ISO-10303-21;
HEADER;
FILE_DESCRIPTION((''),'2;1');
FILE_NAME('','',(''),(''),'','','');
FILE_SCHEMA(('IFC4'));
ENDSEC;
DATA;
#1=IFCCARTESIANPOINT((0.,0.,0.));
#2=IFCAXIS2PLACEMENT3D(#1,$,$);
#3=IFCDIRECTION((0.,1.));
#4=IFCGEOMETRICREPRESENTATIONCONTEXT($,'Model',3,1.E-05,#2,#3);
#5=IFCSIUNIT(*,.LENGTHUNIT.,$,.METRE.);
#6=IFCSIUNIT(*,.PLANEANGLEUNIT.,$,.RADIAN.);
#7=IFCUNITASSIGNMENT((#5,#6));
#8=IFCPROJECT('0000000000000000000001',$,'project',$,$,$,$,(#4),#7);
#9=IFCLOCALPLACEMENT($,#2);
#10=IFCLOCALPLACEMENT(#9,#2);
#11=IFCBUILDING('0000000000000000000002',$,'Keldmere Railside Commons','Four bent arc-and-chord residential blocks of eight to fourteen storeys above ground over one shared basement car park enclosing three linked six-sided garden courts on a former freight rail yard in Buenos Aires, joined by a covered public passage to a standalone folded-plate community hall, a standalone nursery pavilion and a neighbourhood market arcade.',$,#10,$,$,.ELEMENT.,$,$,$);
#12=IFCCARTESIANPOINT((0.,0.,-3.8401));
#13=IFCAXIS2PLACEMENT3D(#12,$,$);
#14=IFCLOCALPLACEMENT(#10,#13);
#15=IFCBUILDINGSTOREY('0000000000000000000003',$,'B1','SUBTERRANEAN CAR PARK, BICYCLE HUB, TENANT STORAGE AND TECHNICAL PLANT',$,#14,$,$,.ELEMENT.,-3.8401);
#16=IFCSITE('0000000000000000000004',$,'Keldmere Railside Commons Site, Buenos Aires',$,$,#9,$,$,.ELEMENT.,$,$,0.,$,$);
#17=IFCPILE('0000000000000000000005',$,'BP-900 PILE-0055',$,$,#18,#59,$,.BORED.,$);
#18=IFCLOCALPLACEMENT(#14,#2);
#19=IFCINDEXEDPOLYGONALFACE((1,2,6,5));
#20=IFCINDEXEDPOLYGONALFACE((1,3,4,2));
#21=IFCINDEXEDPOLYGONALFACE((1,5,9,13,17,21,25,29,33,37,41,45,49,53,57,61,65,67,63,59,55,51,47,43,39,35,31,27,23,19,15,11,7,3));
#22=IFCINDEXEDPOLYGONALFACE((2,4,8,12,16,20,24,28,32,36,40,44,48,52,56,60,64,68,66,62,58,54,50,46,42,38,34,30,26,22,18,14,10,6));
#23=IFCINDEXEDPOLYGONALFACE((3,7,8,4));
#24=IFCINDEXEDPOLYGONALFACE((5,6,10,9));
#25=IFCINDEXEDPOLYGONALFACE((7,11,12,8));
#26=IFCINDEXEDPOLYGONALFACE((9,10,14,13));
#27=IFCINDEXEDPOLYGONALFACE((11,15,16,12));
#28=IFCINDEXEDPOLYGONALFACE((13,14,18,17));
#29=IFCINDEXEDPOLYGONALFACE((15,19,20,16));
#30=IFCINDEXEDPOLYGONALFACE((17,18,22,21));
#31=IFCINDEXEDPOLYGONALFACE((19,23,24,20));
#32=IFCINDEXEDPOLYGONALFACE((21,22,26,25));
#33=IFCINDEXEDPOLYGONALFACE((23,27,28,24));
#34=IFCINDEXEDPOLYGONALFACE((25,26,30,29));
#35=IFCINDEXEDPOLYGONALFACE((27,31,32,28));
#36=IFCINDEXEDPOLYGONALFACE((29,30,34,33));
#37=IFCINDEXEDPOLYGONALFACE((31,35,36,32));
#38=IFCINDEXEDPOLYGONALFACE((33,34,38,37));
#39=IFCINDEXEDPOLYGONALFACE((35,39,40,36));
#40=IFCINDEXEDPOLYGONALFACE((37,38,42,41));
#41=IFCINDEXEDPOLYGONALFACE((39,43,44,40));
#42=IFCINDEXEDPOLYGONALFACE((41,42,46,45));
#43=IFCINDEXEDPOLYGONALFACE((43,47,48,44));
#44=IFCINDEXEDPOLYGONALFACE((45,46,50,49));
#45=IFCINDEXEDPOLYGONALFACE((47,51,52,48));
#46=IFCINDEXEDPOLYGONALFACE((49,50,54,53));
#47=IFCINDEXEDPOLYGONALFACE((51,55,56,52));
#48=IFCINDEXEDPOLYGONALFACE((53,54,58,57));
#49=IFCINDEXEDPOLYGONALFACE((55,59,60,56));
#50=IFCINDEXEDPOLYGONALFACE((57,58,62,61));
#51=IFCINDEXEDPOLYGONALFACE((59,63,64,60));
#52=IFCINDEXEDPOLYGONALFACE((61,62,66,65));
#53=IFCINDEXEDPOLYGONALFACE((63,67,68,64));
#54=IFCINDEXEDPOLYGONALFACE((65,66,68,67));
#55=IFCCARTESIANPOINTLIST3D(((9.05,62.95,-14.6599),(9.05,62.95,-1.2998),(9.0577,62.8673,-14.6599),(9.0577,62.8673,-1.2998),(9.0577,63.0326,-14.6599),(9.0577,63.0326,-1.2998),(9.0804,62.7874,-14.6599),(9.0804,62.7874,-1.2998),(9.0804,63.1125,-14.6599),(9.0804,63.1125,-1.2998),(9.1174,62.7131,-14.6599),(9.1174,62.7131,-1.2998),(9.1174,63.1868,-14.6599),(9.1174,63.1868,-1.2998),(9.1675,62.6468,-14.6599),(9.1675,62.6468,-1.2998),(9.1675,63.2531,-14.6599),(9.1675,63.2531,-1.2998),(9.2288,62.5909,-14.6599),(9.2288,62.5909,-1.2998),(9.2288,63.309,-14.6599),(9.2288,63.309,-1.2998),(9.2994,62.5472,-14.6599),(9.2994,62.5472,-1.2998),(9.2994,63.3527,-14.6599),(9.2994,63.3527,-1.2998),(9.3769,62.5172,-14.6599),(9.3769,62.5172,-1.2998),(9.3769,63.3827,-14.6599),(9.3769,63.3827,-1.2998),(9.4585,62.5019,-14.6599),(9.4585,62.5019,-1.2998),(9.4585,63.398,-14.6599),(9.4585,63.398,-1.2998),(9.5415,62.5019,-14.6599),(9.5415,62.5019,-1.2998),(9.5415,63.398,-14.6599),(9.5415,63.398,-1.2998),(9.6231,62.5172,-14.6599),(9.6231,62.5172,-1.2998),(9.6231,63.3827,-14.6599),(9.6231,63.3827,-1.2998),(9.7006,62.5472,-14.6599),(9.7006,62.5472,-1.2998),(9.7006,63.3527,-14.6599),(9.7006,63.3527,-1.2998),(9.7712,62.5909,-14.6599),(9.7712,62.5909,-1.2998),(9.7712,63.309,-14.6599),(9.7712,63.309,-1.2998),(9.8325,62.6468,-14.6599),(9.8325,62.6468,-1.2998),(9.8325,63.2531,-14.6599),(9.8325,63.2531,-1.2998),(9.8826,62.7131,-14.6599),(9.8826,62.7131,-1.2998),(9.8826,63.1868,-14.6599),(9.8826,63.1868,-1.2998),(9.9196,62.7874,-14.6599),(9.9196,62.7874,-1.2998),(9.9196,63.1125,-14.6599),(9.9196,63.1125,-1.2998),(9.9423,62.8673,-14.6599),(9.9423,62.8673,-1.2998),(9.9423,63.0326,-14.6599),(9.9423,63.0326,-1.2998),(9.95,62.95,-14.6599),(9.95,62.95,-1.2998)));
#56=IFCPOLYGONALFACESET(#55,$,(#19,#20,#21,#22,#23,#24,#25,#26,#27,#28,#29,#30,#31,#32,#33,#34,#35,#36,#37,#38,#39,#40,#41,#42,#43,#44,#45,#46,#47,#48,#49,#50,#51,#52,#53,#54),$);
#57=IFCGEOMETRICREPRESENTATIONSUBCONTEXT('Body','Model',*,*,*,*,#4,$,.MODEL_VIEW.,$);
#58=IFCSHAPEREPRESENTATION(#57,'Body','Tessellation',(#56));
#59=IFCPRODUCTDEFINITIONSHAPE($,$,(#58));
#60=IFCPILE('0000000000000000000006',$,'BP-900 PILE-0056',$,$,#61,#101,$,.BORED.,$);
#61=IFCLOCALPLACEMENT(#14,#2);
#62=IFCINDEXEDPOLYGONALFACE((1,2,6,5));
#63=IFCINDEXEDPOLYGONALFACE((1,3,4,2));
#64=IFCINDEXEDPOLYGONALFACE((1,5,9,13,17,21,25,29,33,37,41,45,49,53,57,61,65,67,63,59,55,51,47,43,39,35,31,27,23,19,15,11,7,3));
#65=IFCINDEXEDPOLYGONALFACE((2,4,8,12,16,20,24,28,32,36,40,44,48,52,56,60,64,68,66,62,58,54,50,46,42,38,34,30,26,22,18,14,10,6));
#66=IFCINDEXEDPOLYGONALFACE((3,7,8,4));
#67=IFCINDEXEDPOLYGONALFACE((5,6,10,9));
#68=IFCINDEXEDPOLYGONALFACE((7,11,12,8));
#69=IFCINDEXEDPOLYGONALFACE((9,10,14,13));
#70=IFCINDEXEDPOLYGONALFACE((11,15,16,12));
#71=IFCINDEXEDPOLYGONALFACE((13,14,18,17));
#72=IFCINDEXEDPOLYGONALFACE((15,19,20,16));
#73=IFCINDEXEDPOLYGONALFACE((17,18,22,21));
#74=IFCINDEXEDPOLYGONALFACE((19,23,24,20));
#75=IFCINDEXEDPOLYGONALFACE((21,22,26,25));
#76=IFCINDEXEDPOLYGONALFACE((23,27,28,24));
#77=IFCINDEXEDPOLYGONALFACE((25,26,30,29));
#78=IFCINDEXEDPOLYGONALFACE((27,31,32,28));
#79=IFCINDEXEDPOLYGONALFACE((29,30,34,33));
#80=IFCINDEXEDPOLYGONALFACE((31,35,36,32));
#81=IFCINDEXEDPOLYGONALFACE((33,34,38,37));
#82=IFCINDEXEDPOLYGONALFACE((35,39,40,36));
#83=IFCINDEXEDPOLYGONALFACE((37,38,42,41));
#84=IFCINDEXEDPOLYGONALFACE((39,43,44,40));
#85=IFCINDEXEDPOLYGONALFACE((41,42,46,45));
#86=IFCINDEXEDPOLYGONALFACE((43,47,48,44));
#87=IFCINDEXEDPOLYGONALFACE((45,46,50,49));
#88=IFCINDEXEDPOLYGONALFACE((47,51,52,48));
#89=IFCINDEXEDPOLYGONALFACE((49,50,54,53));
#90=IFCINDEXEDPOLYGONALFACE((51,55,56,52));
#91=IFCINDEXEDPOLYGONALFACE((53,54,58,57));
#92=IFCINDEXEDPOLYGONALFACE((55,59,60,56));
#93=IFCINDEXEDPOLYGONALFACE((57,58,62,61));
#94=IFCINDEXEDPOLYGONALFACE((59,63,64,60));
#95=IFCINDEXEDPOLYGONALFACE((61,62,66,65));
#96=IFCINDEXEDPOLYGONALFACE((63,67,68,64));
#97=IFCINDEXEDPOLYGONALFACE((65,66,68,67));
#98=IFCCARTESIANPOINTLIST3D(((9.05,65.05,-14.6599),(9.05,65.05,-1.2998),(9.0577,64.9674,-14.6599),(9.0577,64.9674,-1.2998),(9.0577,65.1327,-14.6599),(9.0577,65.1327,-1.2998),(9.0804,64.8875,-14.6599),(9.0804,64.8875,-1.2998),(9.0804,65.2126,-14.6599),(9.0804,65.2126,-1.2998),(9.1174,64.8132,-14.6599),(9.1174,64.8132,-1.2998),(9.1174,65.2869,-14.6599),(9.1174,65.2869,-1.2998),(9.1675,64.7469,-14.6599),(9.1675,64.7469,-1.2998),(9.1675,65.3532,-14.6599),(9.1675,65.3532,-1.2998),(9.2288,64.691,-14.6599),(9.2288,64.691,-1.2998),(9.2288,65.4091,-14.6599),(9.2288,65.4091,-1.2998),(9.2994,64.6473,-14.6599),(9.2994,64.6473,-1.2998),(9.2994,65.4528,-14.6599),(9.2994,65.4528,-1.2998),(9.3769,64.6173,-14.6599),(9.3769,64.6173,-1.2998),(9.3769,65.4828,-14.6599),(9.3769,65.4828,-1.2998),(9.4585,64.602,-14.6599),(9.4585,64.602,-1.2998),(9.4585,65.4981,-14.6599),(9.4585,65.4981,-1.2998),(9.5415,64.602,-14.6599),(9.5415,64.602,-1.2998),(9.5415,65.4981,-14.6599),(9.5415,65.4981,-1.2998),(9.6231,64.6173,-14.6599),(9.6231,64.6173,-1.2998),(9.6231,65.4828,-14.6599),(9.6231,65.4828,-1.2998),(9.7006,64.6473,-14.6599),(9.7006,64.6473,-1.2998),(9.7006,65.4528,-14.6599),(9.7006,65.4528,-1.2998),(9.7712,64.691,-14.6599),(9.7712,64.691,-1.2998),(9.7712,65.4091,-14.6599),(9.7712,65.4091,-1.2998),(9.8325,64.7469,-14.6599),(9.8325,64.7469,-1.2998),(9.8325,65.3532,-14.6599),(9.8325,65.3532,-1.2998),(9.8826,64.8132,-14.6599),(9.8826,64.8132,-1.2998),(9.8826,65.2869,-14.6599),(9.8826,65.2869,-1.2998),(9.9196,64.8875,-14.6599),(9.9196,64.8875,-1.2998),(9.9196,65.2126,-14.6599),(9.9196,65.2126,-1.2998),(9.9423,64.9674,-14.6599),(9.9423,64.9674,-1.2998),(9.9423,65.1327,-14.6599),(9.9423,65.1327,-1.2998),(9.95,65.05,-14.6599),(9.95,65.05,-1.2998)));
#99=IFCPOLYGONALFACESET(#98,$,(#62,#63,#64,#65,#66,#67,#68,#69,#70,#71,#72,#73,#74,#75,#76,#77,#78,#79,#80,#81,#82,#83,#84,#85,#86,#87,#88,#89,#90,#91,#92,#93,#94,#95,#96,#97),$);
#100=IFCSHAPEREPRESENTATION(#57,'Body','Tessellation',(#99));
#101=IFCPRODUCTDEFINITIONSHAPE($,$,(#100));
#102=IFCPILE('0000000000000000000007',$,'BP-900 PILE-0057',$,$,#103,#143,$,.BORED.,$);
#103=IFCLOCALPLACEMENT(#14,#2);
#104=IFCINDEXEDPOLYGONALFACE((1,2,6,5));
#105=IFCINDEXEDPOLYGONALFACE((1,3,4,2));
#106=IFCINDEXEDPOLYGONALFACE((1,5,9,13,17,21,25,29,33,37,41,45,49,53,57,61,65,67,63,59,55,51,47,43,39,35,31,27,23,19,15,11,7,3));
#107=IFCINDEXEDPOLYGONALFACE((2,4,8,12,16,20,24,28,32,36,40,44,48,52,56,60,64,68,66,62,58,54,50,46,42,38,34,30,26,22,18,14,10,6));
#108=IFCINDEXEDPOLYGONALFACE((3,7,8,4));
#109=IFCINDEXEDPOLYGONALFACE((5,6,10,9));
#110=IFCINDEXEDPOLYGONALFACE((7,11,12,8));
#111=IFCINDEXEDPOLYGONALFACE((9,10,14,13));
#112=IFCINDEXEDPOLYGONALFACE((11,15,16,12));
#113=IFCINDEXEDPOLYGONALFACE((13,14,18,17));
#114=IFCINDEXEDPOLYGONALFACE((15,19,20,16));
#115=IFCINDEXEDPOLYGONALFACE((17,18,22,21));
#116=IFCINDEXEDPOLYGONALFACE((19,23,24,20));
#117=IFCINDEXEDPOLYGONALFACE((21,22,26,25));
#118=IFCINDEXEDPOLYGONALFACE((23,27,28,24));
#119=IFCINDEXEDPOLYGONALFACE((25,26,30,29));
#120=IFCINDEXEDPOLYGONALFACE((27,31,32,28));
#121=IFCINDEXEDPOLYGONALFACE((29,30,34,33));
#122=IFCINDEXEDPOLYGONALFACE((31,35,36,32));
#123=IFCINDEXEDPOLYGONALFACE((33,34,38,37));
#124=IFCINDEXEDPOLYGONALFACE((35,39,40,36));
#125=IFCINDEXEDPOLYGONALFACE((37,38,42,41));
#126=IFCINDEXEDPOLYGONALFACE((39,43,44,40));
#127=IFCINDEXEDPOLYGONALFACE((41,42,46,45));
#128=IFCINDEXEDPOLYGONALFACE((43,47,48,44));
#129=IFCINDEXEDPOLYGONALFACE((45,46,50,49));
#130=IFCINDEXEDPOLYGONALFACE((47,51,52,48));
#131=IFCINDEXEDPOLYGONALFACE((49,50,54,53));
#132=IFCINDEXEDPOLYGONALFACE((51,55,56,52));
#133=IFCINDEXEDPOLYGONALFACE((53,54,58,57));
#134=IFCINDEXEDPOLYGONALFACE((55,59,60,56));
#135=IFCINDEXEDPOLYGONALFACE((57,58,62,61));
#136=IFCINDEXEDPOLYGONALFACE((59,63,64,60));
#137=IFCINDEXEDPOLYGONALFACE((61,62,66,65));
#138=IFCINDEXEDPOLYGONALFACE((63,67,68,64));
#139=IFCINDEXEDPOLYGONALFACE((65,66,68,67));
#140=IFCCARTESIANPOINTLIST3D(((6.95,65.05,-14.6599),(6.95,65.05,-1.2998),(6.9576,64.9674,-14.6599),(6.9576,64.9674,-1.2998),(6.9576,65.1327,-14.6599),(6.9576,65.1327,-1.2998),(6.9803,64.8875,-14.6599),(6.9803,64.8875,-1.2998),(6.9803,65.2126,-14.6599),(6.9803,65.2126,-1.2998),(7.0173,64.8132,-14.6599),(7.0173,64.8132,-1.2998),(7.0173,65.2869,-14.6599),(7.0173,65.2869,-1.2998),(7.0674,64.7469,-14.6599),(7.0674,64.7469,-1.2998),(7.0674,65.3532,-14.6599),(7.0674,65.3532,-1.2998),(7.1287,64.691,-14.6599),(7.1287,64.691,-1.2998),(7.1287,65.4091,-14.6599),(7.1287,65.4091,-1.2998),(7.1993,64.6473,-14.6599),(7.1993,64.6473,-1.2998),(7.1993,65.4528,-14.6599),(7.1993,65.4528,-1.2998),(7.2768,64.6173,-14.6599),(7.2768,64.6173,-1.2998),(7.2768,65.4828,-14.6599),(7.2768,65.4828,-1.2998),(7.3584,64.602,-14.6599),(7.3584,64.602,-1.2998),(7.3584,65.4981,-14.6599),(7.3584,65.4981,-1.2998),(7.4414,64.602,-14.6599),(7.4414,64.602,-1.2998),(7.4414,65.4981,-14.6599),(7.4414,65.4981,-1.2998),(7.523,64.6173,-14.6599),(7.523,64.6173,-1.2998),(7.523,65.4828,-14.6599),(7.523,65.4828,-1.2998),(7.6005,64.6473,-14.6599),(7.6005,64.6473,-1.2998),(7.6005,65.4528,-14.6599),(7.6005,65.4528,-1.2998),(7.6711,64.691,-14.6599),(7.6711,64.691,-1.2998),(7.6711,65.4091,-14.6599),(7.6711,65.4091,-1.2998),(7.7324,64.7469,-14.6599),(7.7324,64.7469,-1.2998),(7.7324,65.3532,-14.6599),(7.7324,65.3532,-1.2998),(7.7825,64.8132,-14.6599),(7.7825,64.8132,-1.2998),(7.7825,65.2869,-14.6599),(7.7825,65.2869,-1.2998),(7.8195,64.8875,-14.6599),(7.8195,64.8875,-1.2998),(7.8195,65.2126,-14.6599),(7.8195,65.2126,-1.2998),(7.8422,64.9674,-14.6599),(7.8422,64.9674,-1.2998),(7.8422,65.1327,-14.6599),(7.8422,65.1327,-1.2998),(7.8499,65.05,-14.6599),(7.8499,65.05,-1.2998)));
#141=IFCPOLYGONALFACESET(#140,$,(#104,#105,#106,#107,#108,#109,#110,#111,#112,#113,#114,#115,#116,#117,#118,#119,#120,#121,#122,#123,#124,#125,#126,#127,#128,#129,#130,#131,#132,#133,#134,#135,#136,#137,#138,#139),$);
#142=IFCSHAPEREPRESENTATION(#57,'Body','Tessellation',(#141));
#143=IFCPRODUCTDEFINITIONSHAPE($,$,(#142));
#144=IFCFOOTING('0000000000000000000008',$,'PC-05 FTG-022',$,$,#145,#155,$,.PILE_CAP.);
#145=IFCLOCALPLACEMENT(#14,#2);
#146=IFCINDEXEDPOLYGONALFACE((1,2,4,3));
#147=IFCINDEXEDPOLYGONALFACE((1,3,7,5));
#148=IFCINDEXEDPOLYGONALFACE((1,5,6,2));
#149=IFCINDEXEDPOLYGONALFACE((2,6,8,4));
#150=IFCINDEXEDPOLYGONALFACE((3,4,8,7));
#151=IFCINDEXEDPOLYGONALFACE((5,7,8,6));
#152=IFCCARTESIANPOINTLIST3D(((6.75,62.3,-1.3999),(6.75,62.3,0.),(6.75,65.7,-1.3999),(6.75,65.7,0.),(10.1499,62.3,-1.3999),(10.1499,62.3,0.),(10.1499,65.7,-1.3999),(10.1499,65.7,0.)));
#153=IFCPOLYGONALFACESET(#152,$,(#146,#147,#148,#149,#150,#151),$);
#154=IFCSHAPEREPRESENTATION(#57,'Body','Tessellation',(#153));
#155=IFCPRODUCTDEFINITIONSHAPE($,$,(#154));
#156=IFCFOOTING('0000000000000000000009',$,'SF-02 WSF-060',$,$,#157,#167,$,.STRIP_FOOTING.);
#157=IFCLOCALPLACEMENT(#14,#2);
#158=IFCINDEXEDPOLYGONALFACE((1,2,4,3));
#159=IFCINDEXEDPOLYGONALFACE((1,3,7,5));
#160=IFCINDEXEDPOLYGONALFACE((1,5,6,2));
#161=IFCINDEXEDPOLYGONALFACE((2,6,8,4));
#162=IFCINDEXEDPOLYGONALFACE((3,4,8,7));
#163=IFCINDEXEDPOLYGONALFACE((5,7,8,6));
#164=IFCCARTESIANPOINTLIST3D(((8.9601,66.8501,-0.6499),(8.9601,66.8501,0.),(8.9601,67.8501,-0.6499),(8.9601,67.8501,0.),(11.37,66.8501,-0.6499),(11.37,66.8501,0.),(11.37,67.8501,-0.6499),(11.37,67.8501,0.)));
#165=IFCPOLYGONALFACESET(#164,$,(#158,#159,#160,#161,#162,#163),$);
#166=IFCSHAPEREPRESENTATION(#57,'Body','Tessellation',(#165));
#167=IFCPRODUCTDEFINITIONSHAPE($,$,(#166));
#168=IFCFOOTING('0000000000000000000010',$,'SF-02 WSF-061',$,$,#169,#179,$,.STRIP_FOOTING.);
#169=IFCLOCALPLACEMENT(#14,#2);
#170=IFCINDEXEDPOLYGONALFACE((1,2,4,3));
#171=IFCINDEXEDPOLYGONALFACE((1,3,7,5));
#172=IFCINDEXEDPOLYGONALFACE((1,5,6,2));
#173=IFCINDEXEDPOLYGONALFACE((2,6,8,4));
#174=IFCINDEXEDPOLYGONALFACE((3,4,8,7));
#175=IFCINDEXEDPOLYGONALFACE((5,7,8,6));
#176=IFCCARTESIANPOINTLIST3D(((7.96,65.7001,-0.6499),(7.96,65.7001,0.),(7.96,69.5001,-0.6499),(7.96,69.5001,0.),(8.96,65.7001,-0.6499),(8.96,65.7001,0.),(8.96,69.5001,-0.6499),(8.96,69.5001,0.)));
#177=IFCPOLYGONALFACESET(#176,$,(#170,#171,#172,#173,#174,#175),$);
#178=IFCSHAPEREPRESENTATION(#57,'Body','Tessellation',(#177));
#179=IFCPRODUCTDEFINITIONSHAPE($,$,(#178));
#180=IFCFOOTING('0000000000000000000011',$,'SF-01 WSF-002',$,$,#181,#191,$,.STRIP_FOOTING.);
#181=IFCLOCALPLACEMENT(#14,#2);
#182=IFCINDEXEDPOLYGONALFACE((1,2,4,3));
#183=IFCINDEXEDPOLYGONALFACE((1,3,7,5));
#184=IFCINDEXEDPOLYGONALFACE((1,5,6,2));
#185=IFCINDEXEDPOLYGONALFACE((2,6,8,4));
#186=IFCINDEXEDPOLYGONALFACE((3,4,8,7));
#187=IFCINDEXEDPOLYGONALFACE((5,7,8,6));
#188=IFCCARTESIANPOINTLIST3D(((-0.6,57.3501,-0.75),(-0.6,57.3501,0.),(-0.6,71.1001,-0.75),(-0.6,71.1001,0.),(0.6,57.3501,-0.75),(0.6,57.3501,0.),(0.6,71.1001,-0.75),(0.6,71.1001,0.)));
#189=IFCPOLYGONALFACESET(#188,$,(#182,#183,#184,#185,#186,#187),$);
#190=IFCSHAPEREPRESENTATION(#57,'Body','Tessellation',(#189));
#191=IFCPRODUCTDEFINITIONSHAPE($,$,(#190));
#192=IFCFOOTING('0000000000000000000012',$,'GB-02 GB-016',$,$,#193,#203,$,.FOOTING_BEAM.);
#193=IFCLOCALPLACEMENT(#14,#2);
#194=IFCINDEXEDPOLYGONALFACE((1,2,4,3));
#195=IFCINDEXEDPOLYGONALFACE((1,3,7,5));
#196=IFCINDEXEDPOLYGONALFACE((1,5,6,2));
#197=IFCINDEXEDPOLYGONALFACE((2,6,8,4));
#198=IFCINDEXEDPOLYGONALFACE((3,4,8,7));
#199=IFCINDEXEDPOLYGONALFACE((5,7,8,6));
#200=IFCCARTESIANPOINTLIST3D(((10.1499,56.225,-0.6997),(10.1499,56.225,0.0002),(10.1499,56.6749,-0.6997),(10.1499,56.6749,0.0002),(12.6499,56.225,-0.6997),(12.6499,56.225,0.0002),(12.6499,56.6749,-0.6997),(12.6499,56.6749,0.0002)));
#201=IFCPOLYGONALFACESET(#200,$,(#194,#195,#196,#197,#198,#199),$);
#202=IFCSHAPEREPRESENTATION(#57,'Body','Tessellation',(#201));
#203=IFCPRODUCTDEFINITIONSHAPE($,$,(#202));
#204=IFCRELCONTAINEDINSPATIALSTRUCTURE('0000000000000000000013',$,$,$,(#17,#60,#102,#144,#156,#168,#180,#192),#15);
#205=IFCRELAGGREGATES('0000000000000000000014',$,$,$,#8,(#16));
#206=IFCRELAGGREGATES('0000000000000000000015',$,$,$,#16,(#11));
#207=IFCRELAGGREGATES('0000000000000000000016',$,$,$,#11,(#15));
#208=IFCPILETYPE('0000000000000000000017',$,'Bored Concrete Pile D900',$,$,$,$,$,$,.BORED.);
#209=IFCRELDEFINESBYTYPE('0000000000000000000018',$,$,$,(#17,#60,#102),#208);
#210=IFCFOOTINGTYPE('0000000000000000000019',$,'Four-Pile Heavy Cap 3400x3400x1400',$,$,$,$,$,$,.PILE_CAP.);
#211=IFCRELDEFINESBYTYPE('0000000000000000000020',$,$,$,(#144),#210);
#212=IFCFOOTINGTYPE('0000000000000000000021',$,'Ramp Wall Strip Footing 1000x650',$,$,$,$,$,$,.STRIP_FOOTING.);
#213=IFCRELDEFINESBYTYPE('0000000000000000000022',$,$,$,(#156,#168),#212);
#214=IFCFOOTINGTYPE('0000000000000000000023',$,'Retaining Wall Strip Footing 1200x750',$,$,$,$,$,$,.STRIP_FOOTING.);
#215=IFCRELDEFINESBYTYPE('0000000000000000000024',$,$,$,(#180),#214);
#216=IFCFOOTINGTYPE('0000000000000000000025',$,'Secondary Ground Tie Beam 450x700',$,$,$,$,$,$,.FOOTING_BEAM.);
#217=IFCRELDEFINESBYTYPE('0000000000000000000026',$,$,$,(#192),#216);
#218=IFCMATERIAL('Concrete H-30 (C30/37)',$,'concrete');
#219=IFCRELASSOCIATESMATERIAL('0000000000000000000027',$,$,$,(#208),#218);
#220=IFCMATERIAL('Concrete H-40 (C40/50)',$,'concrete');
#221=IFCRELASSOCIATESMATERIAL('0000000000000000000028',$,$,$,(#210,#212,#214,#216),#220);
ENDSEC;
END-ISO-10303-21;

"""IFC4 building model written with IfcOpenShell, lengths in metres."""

from ifc_helpers import new_model, si_unit, direction, frame, origin, origin_2d, place, context, subcontext, project, spatial, rectangle, circle, extrude, material, material_profile, profile_set, type_object, element, save


model = new_model("IFC4")

# Units and contexts
model_context = context("Model", 3, precision=1e-05, world=origin(), true_north=direction((0.0, 1.0)))
body_context = subcontext(model_context, "Body", "Model", "MODEL_VIEW")
ifc_project = project(units=[si_unit("LENGTHUNIT", "METRE"), si_unit("PLANEANGLEUNIT", "RADIAN")], contexts=[model_context])

# Site, building, storey
site_placement = place(None, origin())
site = spatial("IfcSite", under=ifc_project, at=site_placement, Name="Keldmere Railside Commons Site, Buenos Aires", CompositionType="ELEMENT", RefElevation=0.0)
building_placement = place(site_placement, origin())
building = spatial("IfcBuilding", under=site, at=building_placement, Name="Keldmere Railside Commons", Description="Four bent arc-and-chord residential blocks of eight to fourteen storeys above ground over one shared basement car park enclosing three linked six-sided garden courts on a former freight rail yard in Buenos Aires, joined by a covered public passage to a standalone folded-plate community hall, a standalone nursery pavilion and a neighbourhood market arcade.", CompositionType="ELEMENT")
storey_placement = place(building_placement, frame((0.0, 0.0, -3.8401)))
storey = spatial("IfcBuildingStorey", under=building, at=storey_placement, Name="B1", Description="SUBTERRANEAN CAR PARK, BICYCLE HUB, TENANT STORAGE AND TECHNICAL PLANT", CompositionType="ELEMENT", Elevation=-3.8401)

# Piles
ifc_material_1 = material(Name="Concrete H-30 (C30/37)", Category="concrete")
ifc_material_profile_1 = material_profile(ifc_material_1, circle(Radius=0.45, at=origin_2d()), Name="PILE-D900")
ifc_profile_set_1 = profile_set([ifc_material_profile_1], Name="Concrete H-30 (C30/37)")
pile_type = type_object("IfcPileType", Name="Bored Concrete Pile D900", PredefinedType="BORED", material=ifc_profile_set_1)
for number, where, z_axis, x_axis, name in (
    (1, (9.5, 62.95, -1.2998), (0.0, 0.0, -1.0), (1.0, 0.0, 0.0), "BP-900 PILE-0055"),
    (2, (9.5, 65.05, -1.2998), (0.0, 0.0, -1.0), (1.0, 0.0, 0.0), "BP-900 PILE-0056"),
    (3, (7.3999, 65.05, -1.2998), (0.0, 0.0, -1.0), (1.0, 0.0, 0.0), "BP-900 PILE-0057"),
):
    element("IfcPile", number, at=place(storey_placement, frame(where, z_axis=z_axis, x_axis=x_axis)), inside=storey, type_object=pile_type, Name=name, PredefinedType="BORED", context=body_context, shape_type="SweptSolid", body=[
        extrude(circle(Radius=0.45, at=origin_2d()), origin(), (0.0, 0.0, 1.0), 13.3601),
    ])

# Footings
ifc_material_2 = material(Name="Concrete H-40 (C40/50)", Category="concrete")
footing_type_1 = type_object("IfcFootingType", Name="Four-Pile Heavy Cap 3400x3400x1400", PredefinedType="PILE_CAP", material=ifc_material_2)
footing_1_placement = place(storey_placement, frame((8.45, 64.0, -1.3999), z_axis=(0.0, 0.0, 1.0), x_axis=(1.0, 0.0, 0.0)))
element("IfcFooting", 4, at=footing_1_placement, inside=storey, type_object=footing_type_1, Name="PC-05 FTG-022", PredefinedType="PILE_CAP", context=body_context, shape_type="SweptSolid", body=[
    extrude(rectangle(XDim=3.3999, YDim=3.3999, at=origin_2d()), origin(), (0.0, 0.0, 1.0), 1.3999),
])
footing_type_2 = type_object("IfcFootingType", Name="Ramp Wall Strip Footing 1000x650", PredefinedType="STRIP_FOOTING", material=ifc_material_2)
footing_2_placement = place(storey_placement, frame((10.165, 67.3501, -0.6499), z_axis=(0.0, 0.0, 1.0), x_axis=(1.0, 0.0, 0.0)))
element("IfcFooting", 5, at=footing_2_placement, inside=storey, type_object=footing_type_2, Name="SF-02 WSF-060", PredefinedType="STRIP_FOOTING", context=body_context, shape_type="SweptSolid", body=[
    extrude(rectangle(XDim=2.4099, YDim=1.0, at=origin_2d()), origin(), (0.0, 0.0, 1.0), 0.6499),
])
footing_3_placement = place(storey_placement, frame((8.46, 67.6001, -0.6499), z_axis=(0.0, 0.0, 1.0), x_axis=(0.0, 1.0, 0.0)))
element("IfcFooting", 6, at=footing_3_placement, inside=storey, type_object=footing_type_2, Name="SF-02 WSF-061", PredefinedType="STRIP_FOOTING", context=body_context, shape_type="SweptSolid", body=[
    extrude(rectangle(XDim=3.8, YDim=1.0, at=origin_2d()), origin(), (0.0, 0.0, 1.0), 0.6499),
])
footing_type_3 = type_object("IfcFootingType", Name="Retaining Wall Strip Footing 1200x750", PredefinedType="STRIP_FOOTING", material=ifc_material_2)
footing_4_placement = place(storey_placement, frame((0.0, 64.2251, -0.75), z_axis=(0.0, 0.0, 1.0), x_axis=(0.0, 1.0, 0.0)))
element("IfcFooting", 7, at=footing_4_placement, inside=storey, type_object=footing_type_3, Name="SF-01 WSF-002", PredefinedType="STRIP_FOOTING", context=body_context, shape_type="SweptSolid", body=[
    extrude(rectangle(XDim=13.75, YDim=1.2, at=origin_2d()), origin(), (0.0, 0.0, 1.0), 0.75),
])
footing_type_4 = type_object("IfcFootingType", Name="Secondary Ground Tie Beam 450x700", PredefinedType="FOOTING_BEAM", material=ifc_material_2)
footing_5_placement = place(storey_placement, frame((11.3999, 56.45, -0.6997), z_axis=(0.0, 0.0, 1.0), x_axis=(1.0, 0.0, 0.0)))
element("IfcFooting", 8, at=footing_5_placement, inside=storey, type_object=footing_type_4, Name="GB-02 GB-016", PredefinedType="FOOTING_BEAM", context=body_context, shape_type="SweptSolid", body=[
    extrude(rectangle(XDim=2.5, YDim=0.45, at=origin_2d()), origin(), (0.0, 0.0, 1.0), 0.7),
])

save(model, "model.ifc")
